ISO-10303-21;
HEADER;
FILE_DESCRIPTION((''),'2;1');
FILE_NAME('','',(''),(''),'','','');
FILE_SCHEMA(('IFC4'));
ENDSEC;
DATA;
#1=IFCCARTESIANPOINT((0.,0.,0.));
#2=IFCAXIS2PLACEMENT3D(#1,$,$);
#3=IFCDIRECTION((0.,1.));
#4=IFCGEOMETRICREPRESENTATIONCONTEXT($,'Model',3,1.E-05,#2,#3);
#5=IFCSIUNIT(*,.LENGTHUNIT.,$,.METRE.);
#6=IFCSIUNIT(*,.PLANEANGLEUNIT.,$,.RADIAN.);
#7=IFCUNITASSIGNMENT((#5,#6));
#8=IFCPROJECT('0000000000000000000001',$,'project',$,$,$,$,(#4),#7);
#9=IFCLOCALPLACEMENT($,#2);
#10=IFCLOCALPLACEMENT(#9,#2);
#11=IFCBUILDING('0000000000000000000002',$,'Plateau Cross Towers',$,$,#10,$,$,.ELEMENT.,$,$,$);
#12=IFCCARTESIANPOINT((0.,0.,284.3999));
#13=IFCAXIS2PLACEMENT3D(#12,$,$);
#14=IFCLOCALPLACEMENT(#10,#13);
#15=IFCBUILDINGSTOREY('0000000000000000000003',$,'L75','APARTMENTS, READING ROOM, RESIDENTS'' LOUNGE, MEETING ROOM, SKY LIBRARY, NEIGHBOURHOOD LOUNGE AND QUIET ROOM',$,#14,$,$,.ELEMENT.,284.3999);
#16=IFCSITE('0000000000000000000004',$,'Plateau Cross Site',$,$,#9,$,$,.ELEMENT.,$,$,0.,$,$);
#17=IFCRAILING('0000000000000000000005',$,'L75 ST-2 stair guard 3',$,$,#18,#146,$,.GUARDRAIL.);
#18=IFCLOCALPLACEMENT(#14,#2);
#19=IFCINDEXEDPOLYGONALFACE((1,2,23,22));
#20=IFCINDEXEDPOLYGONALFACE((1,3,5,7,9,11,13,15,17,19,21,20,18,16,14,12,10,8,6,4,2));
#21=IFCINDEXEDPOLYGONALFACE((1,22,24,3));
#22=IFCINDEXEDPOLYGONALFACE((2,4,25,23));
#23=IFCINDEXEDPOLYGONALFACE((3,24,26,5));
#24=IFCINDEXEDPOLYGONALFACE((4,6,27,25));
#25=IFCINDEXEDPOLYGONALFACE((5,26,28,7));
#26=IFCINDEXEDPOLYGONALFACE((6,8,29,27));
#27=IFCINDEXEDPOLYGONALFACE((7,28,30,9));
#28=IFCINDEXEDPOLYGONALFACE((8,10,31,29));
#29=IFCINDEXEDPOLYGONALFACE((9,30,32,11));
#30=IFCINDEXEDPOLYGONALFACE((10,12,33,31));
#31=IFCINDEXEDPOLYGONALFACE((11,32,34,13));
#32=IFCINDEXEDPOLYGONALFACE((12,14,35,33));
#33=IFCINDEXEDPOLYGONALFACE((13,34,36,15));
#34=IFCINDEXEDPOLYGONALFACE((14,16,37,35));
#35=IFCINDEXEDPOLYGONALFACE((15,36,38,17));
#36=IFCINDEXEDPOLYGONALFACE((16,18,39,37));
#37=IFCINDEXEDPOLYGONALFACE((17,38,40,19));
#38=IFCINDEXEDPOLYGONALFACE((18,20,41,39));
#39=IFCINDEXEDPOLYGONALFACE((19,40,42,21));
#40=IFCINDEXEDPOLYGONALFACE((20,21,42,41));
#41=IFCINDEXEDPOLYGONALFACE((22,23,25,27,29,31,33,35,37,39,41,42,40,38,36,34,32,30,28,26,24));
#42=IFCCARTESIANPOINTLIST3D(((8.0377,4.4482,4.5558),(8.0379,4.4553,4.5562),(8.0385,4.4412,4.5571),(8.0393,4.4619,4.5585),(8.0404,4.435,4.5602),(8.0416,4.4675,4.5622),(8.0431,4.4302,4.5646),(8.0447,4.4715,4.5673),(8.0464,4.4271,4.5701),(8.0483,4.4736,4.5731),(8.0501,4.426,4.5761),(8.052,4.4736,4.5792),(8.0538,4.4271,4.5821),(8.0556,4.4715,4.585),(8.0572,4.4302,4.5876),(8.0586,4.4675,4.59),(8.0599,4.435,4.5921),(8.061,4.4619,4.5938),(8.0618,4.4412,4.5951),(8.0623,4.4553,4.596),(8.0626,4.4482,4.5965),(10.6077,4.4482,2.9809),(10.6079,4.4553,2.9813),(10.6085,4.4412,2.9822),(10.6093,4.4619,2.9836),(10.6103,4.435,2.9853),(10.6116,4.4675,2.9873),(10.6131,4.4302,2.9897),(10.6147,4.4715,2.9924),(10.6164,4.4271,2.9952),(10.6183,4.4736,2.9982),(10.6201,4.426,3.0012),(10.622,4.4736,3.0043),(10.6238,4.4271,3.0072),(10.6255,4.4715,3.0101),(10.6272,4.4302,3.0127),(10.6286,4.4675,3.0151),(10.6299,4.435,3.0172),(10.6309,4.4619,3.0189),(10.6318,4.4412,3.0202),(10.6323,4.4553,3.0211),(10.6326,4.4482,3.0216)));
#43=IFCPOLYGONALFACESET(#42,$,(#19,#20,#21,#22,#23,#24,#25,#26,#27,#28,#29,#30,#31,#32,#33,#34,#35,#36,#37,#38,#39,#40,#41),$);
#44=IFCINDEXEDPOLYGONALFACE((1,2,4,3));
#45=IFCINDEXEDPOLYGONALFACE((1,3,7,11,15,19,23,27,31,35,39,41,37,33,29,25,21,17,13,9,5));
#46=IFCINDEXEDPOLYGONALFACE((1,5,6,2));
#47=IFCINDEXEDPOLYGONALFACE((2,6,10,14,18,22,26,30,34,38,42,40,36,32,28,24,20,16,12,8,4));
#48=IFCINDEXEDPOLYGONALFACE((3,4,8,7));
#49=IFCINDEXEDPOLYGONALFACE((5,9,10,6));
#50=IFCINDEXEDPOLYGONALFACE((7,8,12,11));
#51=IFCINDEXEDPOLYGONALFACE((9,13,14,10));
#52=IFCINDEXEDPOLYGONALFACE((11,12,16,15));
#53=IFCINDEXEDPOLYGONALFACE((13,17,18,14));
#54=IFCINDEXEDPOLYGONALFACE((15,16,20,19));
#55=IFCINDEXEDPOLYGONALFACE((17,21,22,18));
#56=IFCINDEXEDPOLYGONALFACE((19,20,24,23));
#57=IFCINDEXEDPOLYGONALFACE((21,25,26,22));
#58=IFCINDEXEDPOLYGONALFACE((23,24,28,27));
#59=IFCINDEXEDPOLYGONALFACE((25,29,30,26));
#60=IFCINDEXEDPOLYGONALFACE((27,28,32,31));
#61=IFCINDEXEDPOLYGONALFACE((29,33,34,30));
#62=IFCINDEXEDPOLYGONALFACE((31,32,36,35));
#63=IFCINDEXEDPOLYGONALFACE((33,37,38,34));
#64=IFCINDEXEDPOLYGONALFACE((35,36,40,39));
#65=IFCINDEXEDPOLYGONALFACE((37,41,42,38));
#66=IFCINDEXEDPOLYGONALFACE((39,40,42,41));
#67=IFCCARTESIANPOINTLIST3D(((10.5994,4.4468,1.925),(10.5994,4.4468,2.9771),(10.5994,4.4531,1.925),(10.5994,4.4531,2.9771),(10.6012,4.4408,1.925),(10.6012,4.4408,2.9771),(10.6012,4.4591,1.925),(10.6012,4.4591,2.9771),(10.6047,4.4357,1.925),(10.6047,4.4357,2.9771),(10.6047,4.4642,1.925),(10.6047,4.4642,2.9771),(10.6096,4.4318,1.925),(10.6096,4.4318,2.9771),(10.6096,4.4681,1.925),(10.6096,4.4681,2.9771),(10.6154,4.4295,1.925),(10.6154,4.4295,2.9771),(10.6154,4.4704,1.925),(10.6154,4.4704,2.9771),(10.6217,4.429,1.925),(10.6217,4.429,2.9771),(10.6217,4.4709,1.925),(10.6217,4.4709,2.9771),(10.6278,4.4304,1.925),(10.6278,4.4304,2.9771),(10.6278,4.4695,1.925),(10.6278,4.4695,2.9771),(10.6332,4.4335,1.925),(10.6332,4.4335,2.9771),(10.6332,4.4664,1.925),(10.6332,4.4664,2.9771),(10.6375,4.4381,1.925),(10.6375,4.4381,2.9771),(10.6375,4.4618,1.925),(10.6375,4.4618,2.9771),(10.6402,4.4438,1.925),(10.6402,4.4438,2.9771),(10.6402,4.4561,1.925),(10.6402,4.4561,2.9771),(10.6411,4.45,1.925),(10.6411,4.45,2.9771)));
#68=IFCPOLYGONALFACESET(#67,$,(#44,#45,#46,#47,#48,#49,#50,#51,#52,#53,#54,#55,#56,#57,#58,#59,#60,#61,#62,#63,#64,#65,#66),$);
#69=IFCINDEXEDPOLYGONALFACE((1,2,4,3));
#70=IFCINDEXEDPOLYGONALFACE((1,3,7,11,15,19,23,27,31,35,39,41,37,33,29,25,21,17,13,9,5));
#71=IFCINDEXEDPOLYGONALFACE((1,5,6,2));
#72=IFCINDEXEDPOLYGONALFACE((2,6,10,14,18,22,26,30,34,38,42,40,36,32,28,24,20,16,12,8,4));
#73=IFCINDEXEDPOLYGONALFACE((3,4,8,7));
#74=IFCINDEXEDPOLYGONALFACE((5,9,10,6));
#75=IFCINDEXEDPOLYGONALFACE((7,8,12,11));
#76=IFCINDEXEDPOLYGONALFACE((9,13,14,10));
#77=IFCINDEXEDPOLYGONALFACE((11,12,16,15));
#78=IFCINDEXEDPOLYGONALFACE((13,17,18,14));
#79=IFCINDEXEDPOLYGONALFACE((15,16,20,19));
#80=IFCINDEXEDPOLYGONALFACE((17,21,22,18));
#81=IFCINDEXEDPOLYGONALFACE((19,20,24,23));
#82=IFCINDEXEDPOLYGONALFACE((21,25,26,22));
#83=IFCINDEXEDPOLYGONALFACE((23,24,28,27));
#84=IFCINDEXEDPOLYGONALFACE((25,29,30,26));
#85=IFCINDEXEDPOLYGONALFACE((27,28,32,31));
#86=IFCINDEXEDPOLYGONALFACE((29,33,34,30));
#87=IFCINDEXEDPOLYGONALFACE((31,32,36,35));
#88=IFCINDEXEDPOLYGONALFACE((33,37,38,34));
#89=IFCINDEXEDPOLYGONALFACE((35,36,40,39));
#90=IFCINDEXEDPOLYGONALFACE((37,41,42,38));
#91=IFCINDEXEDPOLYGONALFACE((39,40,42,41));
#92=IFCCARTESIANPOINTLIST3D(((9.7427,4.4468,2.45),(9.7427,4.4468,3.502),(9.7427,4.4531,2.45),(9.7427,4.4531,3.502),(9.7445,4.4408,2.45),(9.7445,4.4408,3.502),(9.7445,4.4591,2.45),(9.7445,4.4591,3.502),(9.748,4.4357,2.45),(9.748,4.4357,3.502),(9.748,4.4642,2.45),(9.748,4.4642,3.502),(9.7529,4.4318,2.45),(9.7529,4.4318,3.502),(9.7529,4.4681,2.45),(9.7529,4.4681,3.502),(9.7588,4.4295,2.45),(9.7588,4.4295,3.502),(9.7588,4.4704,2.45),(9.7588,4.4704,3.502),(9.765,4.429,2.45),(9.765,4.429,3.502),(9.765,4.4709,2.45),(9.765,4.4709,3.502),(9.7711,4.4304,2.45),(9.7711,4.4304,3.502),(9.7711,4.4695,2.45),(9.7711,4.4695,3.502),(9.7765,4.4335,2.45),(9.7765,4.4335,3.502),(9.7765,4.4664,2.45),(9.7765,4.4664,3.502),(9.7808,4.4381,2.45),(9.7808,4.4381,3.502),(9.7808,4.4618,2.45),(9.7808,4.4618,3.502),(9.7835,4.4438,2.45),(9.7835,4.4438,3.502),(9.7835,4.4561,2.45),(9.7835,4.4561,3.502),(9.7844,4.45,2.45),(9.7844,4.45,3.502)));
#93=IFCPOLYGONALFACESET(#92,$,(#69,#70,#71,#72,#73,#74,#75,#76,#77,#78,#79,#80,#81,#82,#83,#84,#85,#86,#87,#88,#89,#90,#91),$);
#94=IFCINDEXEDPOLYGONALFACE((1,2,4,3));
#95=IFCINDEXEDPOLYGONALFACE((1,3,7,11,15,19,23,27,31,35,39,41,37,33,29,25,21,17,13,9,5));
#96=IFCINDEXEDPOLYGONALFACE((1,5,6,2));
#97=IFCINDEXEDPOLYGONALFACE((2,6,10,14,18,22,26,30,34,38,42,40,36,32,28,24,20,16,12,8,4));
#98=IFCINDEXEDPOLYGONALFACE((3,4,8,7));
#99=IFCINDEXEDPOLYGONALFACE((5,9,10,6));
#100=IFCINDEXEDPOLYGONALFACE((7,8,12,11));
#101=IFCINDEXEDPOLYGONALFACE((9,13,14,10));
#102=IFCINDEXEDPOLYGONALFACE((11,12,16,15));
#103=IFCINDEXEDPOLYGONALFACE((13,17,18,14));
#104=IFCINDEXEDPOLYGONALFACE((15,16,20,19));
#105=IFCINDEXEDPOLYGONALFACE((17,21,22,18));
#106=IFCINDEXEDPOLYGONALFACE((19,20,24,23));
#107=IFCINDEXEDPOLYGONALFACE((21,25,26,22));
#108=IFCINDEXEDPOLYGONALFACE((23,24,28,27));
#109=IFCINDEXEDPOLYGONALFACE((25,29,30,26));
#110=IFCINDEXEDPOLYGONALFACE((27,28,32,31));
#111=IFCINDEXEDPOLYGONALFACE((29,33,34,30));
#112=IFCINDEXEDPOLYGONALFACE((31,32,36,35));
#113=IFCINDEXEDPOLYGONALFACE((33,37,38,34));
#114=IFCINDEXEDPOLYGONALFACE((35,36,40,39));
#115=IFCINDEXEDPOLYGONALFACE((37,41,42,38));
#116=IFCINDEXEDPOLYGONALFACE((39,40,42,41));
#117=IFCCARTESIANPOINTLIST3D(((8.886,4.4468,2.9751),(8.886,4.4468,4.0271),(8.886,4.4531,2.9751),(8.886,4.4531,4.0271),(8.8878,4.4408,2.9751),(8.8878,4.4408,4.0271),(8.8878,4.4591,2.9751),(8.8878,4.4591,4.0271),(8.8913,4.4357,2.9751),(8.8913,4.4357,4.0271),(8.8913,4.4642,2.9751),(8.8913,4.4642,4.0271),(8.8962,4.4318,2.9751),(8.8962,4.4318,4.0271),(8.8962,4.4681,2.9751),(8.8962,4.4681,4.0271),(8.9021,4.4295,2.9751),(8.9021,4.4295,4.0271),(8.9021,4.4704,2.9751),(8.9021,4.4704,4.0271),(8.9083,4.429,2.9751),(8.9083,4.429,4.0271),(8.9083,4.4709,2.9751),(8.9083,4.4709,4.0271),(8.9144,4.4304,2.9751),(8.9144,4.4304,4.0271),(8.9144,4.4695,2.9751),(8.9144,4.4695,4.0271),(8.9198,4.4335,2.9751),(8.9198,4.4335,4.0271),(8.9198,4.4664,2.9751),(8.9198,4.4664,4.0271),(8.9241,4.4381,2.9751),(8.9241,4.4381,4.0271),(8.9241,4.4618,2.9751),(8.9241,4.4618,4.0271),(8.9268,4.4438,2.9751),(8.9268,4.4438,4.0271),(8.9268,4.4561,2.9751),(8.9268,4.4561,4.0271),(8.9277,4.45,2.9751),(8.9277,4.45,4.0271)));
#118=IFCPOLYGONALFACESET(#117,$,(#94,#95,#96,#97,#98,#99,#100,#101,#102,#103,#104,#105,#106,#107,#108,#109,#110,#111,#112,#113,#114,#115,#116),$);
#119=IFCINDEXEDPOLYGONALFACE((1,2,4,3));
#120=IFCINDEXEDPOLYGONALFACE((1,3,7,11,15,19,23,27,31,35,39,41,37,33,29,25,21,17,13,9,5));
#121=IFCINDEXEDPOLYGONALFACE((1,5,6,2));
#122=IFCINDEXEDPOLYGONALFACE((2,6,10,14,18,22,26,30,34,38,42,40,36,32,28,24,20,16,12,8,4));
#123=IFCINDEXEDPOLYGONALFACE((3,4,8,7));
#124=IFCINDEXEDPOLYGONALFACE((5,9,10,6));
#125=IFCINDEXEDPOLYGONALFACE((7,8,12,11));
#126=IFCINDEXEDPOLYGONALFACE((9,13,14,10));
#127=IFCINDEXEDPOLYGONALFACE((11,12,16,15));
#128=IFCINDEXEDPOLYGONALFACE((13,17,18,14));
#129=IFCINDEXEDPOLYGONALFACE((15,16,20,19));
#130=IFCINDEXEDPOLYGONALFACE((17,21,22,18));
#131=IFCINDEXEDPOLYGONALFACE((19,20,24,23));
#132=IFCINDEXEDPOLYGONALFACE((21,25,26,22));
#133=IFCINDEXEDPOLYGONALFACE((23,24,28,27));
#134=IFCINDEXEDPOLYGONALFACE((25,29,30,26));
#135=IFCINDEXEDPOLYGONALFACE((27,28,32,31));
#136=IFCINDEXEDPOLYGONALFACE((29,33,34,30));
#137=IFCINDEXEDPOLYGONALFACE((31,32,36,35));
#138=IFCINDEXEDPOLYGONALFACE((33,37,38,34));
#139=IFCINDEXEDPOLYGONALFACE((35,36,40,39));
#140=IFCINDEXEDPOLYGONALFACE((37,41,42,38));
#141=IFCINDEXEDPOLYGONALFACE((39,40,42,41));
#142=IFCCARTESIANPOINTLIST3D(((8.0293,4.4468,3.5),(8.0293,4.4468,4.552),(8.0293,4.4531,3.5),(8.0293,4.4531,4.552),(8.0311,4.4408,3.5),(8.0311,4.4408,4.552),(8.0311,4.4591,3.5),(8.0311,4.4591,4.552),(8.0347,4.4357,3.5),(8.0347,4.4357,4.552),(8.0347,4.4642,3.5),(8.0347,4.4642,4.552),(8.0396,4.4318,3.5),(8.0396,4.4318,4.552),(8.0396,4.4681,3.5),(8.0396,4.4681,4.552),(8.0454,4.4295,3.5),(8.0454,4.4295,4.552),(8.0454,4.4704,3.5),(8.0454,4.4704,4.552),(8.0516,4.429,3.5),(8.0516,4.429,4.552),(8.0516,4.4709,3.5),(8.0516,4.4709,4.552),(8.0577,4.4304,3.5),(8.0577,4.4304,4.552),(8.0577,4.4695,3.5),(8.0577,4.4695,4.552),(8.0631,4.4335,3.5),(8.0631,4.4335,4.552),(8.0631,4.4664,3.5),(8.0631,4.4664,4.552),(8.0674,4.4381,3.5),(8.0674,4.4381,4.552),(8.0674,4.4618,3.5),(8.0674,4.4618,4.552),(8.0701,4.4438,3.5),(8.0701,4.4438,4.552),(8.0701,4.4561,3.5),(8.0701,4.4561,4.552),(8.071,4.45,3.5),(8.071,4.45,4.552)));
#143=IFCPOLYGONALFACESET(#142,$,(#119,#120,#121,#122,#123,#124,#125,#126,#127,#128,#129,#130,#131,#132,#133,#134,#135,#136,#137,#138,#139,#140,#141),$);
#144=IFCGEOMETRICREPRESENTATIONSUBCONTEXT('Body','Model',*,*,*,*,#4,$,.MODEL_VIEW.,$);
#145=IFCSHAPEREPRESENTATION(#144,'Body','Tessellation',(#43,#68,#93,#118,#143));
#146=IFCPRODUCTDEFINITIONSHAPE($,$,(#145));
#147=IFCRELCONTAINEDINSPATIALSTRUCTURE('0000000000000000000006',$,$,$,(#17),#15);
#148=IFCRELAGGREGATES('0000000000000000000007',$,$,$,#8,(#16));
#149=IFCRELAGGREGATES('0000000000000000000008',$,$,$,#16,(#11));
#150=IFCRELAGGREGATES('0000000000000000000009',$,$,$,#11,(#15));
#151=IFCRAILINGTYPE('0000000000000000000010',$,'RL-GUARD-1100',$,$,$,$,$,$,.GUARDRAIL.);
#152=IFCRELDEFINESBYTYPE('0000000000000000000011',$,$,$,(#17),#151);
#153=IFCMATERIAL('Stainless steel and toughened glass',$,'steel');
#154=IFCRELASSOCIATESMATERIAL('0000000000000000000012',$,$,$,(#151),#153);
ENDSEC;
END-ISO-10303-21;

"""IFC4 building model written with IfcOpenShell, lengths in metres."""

from ifc_helpers import new_model, si_unit, direction, frame, origin, origin_2d, place, context, subcontext, project, spatial, circle, extrude, material, type_object, element, save


model = new_model("IFC4")

# Units and contexts
model_context = context("Model", 3, precision=1e-05, world=origin(), true_north=direction((0.0, 1.0)))
body_context = subcontext(model_context, "Body", "Model", "MODEL_VIEW")
ifc_project = project(units=[si_unit("LENGTHUNIT", "METRE"), si_unit("PLANEANGLEUNIT", "RADIAN")], contexts=[model_context])

# Site, building, storey
site_placement = place(None, origin())
site = spatial("IfcSite", under=ifc_project, at=site_placement, Name="Plateau Cross Site", CompositionType="ELEMENT", RefElevation=0.0)
building_placement = place(site_placement, origin())
building = spatial("IfcBuilding", under=site, at=building_placement, Name="Plateau Cross Towers", CompositionType="ELEMENT")
storey_placement = place(building_placement, frame((0.0, 0.0, 284.3999)))
storey = spatial("IfcBuildingStorey", under=building, at=storey_placement, Name="L75", Description="APARTMENTS, READING ROOM, RESIDENTS' LOUNGE, MEETING ROOM, SKY LIBRARY, NEIGHBOURHOOD LOUNGE AND QUIET ROOM", CompositionType="ELEMENT", Elevation=284.3999)

# Railing
ifc_material_1 = material(Name="Stainless steel and toughened glass", Category="steel")
railing_type_1 = type_object("IfcRailingType", Name="RL-GUARD-1100", PredefinedType="GUARDRAIL", material=ifc_material_1)
railing_1_placement = place(storey_placement, frame((10.6201, 4.45, 1.925)))
element("IfcRailing", 1, at=railing_1_placement, inside=storey, type_object=railing_type_1, Name="L75 ST-2 stair guard 3", PredefinedType="GUARDRAIL", context=body_context, shape_type="SweptSolid", body=[
    extrude(circle(Radius=0.0239, at=origin_2d()), frame((0.0, 0.0, 1.0762), z_axis=(-0.852639, 0.0, 0.522501), x_axis=(0.0, -1.0, 0.0)), (0.0, 0.0, 1.0), 3.0142),
    extrude(circle(Radius=0.021, at=origin_2d()), origin(), (0.0, 0.0, 1.0), 1.052),
    extrude(circle(Radius=0.021, at=origin_2d()), frame((-0.8567, 0.0, 0.5249)), (0.0, 0.0, 1.0), 1.052),
    extrude(circle(Radius=0.021, at=origin_2d()), frame((-1.7134, 0.0, 1.05)), (0.0, 0.0, 1.0), 1.052),
    extrude(circle(Radius=0.021, at=origin_2d()), frame((-2.5701, 0.0, 1.575)), (0.0, 0.0, 1.0), 1.052),
])

save(model, "model.ifc")
